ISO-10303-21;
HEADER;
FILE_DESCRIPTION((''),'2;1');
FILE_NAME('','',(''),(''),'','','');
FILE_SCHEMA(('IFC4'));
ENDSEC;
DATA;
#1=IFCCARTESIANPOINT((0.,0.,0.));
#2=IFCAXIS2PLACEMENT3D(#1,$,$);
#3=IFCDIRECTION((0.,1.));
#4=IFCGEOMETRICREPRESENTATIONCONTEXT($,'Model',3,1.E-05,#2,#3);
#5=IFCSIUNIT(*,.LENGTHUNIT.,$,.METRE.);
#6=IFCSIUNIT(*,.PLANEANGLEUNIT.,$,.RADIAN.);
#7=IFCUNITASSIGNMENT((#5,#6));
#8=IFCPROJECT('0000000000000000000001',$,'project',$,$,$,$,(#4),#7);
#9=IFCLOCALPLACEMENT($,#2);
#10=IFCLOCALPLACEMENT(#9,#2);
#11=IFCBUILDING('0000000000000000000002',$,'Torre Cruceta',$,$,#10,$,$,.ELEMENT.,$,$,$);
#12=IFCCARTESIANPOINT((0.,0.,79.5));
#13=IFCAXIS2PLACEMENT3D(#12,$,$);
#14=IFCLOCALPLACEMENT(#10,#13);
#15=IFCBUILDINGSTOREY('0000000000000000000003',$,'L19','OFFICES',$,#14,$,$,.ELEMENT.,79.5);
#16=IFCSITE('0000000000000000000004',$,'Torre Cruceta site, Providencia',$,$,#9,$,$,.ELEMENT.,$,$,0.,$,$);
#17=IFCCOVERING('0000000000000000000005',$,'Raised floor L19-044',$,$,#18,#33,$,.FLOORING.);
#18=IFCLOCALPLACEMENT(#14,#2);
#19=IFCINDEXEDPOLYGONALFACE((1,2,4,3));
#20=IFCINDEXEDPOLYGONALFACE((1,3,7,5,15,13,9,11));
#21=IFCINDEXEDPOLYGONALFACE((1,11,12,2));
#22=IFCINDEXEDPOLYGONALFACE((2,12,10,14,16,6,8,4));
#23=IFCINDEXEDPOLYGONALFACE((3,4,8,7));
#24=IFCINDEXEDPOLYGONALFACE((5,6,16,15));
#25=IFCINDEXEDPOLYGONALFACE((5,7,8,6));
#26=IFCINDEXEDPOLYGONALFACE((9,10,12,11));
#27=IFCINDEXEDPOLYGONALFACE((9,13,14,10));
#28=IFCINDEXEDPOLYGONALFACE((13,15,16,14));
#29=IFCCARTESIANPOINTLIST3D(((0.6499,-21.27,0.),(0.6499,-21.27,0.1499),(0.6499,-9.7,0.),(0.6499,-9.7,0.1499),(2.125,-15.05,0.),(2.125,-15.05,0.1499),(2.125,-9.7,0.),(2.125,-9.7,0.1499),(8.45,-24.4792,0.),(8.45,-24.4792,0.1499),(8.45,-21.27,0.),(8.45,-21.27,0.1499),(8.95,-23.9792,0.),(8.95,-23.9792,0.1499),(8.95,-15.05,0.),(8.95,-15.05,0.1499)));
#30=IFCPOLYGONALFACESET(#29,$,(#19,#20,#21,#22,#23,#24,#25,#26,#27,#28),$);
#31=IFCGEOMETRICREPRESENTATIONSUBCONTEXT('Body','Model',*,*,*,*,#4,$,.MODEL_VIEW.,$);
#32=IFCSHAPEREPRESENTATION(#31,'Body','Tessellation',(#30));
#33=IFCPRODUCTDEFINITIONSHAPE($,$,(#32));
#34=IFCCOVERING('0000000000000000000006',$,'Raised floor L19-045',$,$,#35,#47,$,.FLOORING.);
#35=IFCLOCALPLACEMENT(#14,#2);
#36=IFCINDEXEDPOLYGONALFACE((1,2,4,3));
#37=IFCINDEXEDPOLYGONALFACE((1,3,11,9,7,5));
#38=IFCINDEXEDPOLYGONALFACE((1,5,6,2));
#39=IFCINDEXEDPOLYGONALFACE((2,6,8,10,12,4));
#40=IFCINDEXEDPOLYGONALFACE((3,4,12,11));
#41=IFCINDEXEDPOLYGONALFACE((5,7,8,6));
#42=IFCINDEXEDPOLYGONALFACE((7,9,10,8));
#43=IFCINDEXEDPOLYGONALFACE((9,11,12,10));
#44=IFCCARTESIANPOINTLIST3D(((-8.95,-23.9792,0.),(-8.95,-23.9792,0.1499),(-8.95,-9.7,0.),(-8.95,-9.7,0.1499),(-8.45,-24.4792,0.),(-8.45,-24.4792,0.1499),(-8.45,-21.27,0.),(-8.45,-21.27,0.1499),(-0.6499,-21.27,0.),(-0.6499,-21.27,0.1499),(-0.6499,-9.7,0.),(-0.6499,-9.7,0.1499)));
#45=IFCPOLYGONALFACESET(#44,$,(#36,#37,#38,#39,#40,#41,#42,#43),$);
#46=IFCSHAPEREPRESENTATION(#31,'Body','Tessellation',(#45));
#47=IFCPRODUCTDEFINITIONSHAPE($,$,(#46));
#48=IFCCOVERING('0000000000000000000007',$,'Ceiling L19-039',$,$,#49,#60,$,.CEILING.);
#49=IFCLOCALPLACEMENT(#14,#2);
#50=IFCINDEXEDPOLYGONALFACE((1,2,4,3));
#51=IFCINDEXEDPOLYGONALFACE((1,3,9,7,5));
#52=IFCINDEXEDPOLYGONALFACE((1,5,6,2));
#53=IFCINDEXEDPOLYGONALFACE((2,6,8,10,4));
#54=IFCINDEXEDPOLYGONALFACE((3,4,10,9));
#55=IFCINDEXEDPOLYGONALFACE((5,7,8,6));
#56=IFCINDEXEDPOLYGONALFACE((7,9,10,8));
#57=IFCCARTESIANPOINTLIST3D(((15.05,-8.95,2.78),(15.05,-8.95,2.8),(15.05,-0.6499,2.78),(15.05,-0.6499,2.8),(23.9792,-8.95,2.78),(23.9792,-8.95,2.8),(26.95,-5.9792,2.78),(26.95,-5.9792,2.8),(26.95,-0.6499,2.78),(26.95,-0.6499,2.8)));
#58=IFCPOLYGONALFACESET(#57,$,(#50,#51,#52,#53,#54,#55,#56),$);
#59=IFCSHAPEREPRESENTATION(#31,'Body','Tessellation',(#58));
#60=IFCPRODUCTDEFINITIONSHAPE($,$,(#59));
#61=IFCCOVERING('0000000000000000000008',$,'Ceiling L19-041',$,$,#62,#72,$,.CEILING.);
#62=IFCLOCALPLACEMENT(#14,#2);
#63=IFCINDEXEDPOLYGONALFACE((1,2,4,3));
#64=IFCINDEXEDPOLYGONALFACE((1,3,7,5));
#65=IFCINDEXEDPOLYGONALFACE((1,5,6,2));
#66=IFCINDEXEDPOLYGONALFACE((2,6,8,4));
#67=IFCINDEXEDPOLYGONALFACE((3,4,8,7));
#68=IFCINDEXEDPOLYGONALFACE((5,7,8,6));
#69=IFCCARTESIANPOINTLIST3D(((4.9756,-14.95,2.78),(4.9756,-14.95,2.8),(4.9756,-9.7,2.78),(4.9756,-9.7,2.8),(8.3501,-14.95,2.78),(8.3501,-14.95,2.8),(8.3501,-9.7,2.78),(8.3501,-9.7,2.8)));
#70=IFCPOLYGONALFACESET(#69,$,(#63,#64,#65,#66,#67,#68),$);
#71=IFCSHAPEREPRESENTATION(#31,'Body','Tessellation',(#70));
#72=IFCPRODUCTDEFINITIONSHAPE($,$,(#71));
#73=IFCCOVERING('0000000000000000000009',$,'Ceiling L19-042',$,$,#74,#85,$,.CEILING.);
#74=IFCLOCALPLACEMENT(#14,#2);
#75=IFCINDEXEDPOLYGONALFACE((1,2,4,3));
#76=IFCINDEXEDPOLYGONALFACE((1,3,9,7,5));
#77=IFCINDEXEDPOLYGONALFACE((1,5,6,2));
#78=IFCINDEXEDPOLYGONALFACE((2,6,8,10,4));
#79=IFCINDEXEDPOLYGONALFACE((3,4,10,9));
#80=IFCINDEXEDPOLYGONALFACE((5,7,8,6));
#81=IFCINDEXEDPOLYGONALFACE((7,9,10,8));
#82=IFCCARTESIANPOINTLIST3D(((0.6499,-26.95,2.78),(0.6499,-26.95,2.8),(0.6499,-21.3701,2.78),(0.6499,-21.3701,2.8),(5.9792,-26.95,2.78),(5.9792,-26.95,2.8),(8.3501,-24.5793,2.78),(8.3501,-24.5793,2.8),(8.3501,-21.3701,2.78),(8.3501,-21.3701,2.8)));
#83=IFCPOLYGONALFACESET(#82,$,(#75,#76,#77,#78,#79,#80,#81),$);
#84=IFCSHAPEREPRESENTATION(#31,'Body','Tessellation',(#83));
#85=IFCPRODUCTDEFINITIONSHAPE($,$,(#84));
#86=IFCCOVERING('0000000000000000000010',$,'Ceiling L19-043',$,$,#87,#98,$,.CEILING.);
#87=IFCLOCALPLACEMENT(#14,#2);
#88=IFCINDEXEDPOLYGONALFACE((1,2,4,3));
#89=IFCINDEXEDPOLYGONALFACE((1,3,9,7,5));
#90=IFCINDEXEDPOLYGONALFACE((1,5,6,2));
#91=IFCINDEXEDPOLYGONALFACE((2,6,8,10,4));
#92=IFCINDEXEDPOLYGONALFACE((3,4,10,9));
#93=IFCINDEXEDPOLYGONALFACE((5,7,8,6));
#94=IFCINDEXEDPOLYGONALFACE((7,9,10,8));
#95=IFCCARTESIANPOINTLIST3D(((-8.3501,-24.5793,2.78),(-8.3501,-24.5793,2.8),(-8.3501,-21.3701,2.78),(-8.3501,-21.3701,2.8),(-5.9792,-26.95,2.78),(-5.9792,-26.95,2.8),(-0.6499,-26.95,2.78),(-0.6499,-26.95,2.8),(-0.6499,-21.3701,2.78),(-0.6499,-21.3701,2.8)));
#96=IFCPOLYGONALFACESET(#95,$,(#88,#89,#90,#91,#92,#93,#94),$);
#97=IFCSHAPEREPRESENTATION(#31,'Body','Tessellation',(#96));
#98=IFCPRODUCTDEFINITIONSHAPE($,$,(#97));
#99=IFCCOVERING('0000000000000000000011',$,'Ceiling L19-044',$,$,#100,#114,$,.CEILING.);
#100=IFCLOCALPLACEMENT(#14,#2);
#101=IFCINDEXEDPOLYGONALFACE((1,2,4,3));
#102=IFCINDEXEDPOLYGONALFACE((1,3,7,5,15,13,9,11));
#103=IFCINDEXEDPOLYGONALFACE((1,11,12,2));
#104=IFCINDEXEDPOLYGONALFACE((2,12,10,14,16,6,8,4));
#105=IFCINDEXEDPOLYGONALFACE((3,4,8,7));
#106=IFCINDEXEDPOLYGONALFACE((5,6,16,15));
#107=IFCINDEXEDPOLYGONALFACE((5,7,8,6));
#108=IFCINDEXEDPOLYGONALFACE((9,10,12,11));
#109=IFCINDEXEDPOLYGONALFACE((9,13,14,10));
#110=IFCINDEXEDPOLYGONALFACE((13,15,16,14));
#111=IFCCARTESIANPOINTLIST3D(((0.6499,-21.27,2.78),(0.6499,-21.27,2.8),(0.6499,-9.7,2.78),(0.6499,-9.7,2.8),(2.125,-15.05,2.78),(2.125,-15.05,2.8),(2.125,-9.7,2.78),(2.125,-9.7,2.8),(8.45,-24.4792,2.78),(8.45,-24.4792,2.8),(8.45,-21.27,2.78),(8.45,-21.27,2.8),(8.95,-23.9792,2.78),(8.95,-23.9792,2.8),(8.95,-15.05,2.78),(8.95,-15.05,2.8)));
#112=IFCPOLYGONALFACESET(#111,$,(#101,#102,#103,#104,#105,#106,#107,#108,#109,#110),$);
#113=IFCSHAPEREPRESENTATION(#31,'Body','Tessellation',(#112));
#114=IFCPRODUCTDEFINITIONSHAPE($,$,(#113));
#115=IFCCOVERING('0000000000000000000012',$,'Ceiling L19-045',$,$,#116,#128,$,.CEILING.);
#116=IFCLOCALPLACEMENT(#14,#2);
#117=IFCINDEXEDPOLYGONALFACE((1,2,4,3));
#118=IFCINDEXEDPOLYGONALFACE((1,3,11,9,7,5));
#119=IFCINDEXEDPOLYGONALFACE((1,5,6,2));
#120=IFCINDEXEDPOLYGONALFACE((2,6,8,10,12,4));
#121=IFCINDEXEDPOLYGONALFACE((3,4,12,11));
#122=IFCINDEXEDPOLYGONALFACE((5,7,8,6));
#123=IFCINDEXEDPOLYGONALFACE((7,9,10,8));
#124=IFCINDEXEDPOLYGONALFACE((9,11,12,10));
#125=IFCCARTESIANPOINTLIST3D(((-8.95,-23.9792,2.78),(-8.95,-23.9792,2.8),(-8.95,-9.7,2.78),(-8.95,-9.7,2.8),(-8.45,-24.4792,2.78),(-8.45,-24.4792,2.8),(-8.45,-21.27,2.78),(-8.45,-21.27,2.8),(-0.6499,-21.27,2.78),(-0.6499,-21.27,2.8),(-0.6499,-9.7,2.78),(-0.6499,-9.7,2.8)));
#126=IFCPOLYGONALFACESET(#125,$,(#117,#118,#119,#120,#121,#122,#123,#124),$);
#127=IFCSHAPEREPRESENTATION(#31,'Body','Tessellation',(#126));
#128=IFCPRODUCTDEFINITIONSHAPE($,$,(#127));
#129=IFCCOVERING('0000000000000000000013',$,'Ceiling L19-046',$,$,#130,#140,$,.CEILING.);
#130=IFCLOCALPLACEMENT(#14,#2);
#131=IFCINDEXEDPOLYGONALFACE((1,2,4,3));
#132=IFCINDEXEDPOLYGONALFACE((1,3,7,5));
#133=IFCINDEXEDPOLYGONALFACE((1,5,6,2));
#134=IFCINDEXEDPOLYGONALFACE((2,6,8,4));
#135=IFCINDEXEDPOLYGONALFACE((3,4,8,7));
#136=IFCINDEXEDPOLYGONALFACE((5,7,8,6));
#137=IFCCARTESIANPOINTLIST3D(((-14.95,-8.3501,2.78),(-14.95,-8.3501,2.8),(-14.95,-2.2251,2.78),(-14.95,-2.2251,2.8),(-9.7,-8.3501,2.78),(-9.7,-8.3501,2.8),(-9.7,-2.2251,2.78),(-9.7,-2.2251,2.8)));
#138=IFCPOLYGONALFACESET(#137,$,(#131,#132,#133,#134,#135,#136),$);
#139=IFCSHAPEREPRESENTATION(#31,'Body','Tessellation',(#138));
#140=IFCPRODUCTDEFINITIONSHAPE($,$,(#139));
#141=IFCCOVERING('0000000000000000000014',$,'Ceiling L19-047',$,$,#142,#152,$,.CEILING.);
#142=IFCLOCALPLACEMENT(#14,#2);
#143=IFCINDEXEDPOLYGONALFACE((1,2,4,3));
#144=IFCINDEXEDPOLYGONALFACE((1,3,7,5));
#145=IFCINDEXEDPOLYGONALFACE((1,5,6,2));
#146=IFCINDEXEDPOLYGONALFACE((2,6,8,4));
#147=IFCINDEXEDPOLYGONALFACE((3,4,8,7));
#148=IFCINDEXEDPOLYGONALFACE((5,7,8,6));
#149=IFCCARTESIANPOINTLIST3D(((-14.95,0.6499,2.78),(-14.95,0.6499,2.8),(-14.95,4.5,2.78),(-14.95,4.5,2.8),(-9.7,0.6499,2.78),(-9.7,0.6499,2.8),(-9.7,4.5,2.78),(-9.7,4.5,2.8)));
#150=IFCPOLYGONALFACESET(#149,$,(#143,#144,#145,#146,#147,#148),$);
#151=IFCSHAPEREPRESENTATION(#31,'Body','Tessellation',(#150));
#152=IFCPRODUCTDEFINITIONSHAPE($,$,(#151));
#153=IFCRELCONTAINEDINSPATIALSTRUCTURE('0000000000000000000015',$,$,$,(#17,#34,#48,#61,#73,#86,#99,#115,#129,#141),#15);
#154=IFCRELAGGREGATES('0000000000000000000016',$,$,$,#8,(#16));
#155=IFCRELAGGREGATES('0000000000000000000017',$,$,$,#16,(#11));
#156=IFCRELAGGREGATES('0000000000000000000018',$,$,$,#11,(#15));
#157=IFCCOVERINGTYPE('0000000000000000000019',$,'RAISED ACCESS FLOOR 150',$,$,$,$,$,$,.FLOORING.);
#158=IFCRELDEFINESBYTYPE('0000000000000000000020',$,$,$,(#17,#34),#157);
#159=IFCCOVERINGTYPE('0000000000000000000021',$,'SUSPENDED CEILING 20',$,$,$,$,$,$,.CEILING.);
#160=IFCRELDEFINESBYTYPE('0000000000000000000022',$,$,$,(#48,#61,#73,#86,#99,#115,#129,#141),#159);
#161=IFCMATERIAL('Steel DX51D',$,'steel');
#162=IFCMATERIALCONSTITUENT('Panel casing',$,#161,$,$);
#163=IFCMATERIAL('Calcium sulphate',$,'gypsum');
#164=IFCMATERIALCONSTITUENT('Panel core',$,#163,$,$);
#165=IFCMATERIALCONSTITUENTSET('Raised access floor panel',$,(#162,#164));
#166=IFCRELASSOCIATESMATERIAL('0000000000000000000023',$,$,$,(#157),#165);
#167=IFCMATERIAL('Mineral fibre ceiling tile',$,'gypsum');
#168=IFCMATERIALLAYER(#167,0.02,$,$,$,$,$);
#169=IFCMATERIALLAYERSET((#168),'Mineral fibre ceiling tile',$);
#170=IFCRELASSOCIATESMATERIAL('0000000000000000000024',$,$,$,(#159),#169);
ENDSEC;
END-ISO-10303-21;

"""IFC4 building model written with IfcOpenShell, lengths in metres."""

from ifc_helpers import new_model, si_unit, direction, frame, origin, place, context, subcontext, project, spatial, polyline, outline, extrude, material, layer, layer_set, constituent, constituent_set, type_object, element, save


model = new_model("IFC4")

# Units and contexts
model_context = context("Model", 3, precision=1e-05, world=origin(), true_north=direction((0.0, 1.0)))
body_context = subcontext(model_context, "Body", "Model", "MODEL_VIEW")
ifc_project = project(units=[si_unit("LENGTHUNIT", "METRE"), si_unit("PLANEANGLEUNIT", "RADIAN")], contexts=[model_context])

# Site, building, storey
site_placement = place(None, origin())
site = spatial("IfcSite", under=ifc_project, at=site_placement, Name="Torre Cruceta site, Providencia", CompositionType="ELEMENT", RefElevation=0.0)
building_placement = place(site_placement, origin())
building = spatial("IfcBuilding", under=site, at=building_placement, Name="Torre Cruceta", CompositionType="ELEMENT")
storey_placement = place(building_placement, frame((0.0, 0.0, 79.5)))
storey = spatial("IfcBuildingStorey", under=building, at=storey_placement, Name="L19", Description="OFFICES", CompositionType="ELEMENT", Elevation=79.5)

# Coverings
ifc_material_1 = material(Name="Steel DX51D", Category="steel")
ifc_constituent_1 = constituent(ifc_material_1, Name="Panel casing")
ifc_material_2 = material(Name="Calcium sulphate", Category="gypsum")
ifc_constituent_2 = constituent(ifc_material_2, Name="Panel core")
ifc_constituent_set_1 = constituent_set(constituents=[ifc_constituent_1, ifc_constituent_2], Name="Raised access floor panel")
covering_type_1 = type_object("IfcCoveringType", Name="RAISED ACCESS FLOOR 150", PredefinedType="FLOORING", material=ifc_constituent_set_1)
covering_1_placement = place(storey_placement, origin())
element("IfcCovering", 1, at=covering_1_placement, inside=storey, type_object=covering_type_1, Name="Raised floor L19-044", PredefinedType="FLOORING", context=body_context, shape_type="SweptSolid", body=[
    extrude(outline(polyline([(0.6499, -21.27), (0.6499, -9.7), (2.125, -9.7), (2.125, -15.05), (8.95, -15.05), (8.95, -23.9792), (8.45, -24.4792), (8.45, -21.27), (0.6499, -21.27)])), origin(), (0.0, 0.0, 1.0), 0.1499),
])
covering_2_placement = place(storey_placement, origin())
element("IfcCovering", 2, at=covering_2_placement, inside=storey, type_object=covering_type_1, Name="Raised floor L19-045", PredefinedType="FLOORING", context=body_context, shape_type="SweptSolid", body=[
    extrude(outline(polyline([(-8.45, -21.27), (-8.45, -24.4792), (-8.95, -23.9792), (-8.95, -9.7), (-0.6499, -9.7), (-0.6499, -21.27), (-8.45, -21.27)])), origin(), (0.0, 0.0, 1.0), 0.1499),
])
ifc_material_3 = material(Name="Mineral fibre ceiling tile", Category="gypsum")
ifc_layer_1 = layer(ifc_material_3, 0.02)
ifc_layer_set_1 = layer_set([ifc_layer_1], Name="Mineral fibre ceiling tile")
covering_type_2 = type_object("IfcCoveringType", Name="SUSPENDED CEILING 20", PredefinedType="CEILING", material=ifc_layer_set_1)
covering_3_placement = place(storey_placement, frame((0.0, 0.0, 2.78)))
element("IfcCovering", 3, at=covering_3_placement, inside=storey, type_object=covering_type_2, Name="Ceiling L19-039", PredefinedType="CEILING", context=body_context, shape_type="SweptSolid", body=[
    extrude(outline(polyline([(23.9792, -8.95), (15.05, -8.95), (15.05, -0.6499), (26.95, -0.6499), (26.95, -5.9792), (23.9792, -8.95)])), origin(), (0.0, 0.0, 1.0), 0.02),
])
covering_4_placement = place(storey_placement, frame((0.0, 0.0, 2.78)))
element("IfcCovering", 4, at=covering_4_placement, inside=storey, type_object=covering_type_2, Name="Ceiling L19-041", PredefinedType="CEILING", context=body_context, shape_type="SweptSolid", body=[
    extrude(outline(polyline([(4.9756, -9.7), (8.3501, -9.7), (8.3501, -14.95), (4.9756, -14.95), (4.9756, -9.7)])), origin(), (0.0, 0.0, 1.0), 0.02),
])
covering_5_placement = place(storey_placement, frame((0.0, 0.0, 2.78)))
element("IfcCovering", 5, at=covering_5_placement, inside=storey, type_object=covering_type_2, Name="Ceiling L19-042", PredefinedType="CEILING", context=body_context, shape_type="SweptSolid", body=[
    extrude(outline(polyline([(0.6499, -26.95), (0.6499, -21.3701), (8.3501, -21.3701), (8.3501, -24.5793), (5.9792, -26.95), (0.6499, -26.95)])), origin(), (0.0, 0.0, 1.0), 0.02),
])
covering_6_placement = place(storey_placement, frame((0.0, 0.0, 2.78)))
element("IfcCovering", 6, at=covering_6_placement, inside=storey, type_object=covering_type_2, Name="Ceiling L19-043", PredefinedType="CEILING", context=body_context, shape_type="SweptSolid", body=[
    extrude(outline(polyline([(-8.3501, -24.5793), (-8.3501, -21.3701), (-0.6499, -21.3701), (-0.6499, -26.95), (-5.9792, -26.95), (-8.3501, -24.5793)])), origin(), (0.0, 0.0, 1.0), 0.02),
])
covering_7_placement = place(storey_placement, frame((0.0, 0.0, 2.78)))
element("IfcCovering", 7, at=covering_7_placement, inside=storey, type_object=covering_type_2, Name="Ceiling L19-044", PredefinedType="CEILING", context=body_context, shape_type="SweptSolid", body=[
    extrude(outline(polyline([(0.6499, -21.27), (0.6499, -9.7), (2.125, -9.7), (2.125, -15.05), (8.95, -15.05), (8.95, -23.9792), (8.45, -24.4792), (8.45, -21.27), (0.6499, -21.27)])), origin(), (0.0, 0.0, 1.0), 0.02),
])
covering_8_placement = place(storey_placement, frame((0.0, 0.0, 2.78)))
element("IfcCovering", 8, at=covering_8_placement, inside=storey, type_object=covering_type_2, Name="Ceiling L19-045", PredefinedType="CEILING", context=body_context, shape_type="SweptSolid", body=[
    extrude(outline(polyline([(-8.45, -21.27), (-8.45, -24.4792), (-8.95, -23.9792), (-8.95, -9.7), (-0.6499, -9.7), (-0.6499, -21.27), (-8.45, -21.27)])), origin(), (0.0, 0.0, 1.0), 0.02),
])
covering_9_placement = place(storey_placement, frame((0.0, 0.0, 2.78)))
element("IfcCovering", 9, at=covering_9_placement, inside=storey, type_object=covering_type_2, Name="Ceiling L19-046", PredefinedType="CEILING", context=body_context, shape_type="SweptSolid", body=[
    extrude(outline(polyline([(-9.7, -2.2251), (-9.7, -8.3501), (-14.95, -8.3501), (-14.95, -2.2251), (-9.7, -2.2251)])), origin(), (0.0, 0.0, 1.0), 0.02),
])
covering_10_placement = place(storey_placement, frame((0.0, 0.0, 2.78)))
element("IfcCovering", 10, at=covering_10_placement, inside=storey, type_object=covering_type_2, Name="Ceiling L19-047", PredefinedType="CEILING", context=body_context, shape_type="SweptSolid", body=[
    extrude(outline(polyline([(-9.7, 4.5), (-9.7, 0.6499), (-14.95, 0.6499), (-14.95, 4.5), (-9.7, 4.5)])), origin(), (0.0, 0.0, 1.0), 0.02),
])

save(model, "model.ifc")
